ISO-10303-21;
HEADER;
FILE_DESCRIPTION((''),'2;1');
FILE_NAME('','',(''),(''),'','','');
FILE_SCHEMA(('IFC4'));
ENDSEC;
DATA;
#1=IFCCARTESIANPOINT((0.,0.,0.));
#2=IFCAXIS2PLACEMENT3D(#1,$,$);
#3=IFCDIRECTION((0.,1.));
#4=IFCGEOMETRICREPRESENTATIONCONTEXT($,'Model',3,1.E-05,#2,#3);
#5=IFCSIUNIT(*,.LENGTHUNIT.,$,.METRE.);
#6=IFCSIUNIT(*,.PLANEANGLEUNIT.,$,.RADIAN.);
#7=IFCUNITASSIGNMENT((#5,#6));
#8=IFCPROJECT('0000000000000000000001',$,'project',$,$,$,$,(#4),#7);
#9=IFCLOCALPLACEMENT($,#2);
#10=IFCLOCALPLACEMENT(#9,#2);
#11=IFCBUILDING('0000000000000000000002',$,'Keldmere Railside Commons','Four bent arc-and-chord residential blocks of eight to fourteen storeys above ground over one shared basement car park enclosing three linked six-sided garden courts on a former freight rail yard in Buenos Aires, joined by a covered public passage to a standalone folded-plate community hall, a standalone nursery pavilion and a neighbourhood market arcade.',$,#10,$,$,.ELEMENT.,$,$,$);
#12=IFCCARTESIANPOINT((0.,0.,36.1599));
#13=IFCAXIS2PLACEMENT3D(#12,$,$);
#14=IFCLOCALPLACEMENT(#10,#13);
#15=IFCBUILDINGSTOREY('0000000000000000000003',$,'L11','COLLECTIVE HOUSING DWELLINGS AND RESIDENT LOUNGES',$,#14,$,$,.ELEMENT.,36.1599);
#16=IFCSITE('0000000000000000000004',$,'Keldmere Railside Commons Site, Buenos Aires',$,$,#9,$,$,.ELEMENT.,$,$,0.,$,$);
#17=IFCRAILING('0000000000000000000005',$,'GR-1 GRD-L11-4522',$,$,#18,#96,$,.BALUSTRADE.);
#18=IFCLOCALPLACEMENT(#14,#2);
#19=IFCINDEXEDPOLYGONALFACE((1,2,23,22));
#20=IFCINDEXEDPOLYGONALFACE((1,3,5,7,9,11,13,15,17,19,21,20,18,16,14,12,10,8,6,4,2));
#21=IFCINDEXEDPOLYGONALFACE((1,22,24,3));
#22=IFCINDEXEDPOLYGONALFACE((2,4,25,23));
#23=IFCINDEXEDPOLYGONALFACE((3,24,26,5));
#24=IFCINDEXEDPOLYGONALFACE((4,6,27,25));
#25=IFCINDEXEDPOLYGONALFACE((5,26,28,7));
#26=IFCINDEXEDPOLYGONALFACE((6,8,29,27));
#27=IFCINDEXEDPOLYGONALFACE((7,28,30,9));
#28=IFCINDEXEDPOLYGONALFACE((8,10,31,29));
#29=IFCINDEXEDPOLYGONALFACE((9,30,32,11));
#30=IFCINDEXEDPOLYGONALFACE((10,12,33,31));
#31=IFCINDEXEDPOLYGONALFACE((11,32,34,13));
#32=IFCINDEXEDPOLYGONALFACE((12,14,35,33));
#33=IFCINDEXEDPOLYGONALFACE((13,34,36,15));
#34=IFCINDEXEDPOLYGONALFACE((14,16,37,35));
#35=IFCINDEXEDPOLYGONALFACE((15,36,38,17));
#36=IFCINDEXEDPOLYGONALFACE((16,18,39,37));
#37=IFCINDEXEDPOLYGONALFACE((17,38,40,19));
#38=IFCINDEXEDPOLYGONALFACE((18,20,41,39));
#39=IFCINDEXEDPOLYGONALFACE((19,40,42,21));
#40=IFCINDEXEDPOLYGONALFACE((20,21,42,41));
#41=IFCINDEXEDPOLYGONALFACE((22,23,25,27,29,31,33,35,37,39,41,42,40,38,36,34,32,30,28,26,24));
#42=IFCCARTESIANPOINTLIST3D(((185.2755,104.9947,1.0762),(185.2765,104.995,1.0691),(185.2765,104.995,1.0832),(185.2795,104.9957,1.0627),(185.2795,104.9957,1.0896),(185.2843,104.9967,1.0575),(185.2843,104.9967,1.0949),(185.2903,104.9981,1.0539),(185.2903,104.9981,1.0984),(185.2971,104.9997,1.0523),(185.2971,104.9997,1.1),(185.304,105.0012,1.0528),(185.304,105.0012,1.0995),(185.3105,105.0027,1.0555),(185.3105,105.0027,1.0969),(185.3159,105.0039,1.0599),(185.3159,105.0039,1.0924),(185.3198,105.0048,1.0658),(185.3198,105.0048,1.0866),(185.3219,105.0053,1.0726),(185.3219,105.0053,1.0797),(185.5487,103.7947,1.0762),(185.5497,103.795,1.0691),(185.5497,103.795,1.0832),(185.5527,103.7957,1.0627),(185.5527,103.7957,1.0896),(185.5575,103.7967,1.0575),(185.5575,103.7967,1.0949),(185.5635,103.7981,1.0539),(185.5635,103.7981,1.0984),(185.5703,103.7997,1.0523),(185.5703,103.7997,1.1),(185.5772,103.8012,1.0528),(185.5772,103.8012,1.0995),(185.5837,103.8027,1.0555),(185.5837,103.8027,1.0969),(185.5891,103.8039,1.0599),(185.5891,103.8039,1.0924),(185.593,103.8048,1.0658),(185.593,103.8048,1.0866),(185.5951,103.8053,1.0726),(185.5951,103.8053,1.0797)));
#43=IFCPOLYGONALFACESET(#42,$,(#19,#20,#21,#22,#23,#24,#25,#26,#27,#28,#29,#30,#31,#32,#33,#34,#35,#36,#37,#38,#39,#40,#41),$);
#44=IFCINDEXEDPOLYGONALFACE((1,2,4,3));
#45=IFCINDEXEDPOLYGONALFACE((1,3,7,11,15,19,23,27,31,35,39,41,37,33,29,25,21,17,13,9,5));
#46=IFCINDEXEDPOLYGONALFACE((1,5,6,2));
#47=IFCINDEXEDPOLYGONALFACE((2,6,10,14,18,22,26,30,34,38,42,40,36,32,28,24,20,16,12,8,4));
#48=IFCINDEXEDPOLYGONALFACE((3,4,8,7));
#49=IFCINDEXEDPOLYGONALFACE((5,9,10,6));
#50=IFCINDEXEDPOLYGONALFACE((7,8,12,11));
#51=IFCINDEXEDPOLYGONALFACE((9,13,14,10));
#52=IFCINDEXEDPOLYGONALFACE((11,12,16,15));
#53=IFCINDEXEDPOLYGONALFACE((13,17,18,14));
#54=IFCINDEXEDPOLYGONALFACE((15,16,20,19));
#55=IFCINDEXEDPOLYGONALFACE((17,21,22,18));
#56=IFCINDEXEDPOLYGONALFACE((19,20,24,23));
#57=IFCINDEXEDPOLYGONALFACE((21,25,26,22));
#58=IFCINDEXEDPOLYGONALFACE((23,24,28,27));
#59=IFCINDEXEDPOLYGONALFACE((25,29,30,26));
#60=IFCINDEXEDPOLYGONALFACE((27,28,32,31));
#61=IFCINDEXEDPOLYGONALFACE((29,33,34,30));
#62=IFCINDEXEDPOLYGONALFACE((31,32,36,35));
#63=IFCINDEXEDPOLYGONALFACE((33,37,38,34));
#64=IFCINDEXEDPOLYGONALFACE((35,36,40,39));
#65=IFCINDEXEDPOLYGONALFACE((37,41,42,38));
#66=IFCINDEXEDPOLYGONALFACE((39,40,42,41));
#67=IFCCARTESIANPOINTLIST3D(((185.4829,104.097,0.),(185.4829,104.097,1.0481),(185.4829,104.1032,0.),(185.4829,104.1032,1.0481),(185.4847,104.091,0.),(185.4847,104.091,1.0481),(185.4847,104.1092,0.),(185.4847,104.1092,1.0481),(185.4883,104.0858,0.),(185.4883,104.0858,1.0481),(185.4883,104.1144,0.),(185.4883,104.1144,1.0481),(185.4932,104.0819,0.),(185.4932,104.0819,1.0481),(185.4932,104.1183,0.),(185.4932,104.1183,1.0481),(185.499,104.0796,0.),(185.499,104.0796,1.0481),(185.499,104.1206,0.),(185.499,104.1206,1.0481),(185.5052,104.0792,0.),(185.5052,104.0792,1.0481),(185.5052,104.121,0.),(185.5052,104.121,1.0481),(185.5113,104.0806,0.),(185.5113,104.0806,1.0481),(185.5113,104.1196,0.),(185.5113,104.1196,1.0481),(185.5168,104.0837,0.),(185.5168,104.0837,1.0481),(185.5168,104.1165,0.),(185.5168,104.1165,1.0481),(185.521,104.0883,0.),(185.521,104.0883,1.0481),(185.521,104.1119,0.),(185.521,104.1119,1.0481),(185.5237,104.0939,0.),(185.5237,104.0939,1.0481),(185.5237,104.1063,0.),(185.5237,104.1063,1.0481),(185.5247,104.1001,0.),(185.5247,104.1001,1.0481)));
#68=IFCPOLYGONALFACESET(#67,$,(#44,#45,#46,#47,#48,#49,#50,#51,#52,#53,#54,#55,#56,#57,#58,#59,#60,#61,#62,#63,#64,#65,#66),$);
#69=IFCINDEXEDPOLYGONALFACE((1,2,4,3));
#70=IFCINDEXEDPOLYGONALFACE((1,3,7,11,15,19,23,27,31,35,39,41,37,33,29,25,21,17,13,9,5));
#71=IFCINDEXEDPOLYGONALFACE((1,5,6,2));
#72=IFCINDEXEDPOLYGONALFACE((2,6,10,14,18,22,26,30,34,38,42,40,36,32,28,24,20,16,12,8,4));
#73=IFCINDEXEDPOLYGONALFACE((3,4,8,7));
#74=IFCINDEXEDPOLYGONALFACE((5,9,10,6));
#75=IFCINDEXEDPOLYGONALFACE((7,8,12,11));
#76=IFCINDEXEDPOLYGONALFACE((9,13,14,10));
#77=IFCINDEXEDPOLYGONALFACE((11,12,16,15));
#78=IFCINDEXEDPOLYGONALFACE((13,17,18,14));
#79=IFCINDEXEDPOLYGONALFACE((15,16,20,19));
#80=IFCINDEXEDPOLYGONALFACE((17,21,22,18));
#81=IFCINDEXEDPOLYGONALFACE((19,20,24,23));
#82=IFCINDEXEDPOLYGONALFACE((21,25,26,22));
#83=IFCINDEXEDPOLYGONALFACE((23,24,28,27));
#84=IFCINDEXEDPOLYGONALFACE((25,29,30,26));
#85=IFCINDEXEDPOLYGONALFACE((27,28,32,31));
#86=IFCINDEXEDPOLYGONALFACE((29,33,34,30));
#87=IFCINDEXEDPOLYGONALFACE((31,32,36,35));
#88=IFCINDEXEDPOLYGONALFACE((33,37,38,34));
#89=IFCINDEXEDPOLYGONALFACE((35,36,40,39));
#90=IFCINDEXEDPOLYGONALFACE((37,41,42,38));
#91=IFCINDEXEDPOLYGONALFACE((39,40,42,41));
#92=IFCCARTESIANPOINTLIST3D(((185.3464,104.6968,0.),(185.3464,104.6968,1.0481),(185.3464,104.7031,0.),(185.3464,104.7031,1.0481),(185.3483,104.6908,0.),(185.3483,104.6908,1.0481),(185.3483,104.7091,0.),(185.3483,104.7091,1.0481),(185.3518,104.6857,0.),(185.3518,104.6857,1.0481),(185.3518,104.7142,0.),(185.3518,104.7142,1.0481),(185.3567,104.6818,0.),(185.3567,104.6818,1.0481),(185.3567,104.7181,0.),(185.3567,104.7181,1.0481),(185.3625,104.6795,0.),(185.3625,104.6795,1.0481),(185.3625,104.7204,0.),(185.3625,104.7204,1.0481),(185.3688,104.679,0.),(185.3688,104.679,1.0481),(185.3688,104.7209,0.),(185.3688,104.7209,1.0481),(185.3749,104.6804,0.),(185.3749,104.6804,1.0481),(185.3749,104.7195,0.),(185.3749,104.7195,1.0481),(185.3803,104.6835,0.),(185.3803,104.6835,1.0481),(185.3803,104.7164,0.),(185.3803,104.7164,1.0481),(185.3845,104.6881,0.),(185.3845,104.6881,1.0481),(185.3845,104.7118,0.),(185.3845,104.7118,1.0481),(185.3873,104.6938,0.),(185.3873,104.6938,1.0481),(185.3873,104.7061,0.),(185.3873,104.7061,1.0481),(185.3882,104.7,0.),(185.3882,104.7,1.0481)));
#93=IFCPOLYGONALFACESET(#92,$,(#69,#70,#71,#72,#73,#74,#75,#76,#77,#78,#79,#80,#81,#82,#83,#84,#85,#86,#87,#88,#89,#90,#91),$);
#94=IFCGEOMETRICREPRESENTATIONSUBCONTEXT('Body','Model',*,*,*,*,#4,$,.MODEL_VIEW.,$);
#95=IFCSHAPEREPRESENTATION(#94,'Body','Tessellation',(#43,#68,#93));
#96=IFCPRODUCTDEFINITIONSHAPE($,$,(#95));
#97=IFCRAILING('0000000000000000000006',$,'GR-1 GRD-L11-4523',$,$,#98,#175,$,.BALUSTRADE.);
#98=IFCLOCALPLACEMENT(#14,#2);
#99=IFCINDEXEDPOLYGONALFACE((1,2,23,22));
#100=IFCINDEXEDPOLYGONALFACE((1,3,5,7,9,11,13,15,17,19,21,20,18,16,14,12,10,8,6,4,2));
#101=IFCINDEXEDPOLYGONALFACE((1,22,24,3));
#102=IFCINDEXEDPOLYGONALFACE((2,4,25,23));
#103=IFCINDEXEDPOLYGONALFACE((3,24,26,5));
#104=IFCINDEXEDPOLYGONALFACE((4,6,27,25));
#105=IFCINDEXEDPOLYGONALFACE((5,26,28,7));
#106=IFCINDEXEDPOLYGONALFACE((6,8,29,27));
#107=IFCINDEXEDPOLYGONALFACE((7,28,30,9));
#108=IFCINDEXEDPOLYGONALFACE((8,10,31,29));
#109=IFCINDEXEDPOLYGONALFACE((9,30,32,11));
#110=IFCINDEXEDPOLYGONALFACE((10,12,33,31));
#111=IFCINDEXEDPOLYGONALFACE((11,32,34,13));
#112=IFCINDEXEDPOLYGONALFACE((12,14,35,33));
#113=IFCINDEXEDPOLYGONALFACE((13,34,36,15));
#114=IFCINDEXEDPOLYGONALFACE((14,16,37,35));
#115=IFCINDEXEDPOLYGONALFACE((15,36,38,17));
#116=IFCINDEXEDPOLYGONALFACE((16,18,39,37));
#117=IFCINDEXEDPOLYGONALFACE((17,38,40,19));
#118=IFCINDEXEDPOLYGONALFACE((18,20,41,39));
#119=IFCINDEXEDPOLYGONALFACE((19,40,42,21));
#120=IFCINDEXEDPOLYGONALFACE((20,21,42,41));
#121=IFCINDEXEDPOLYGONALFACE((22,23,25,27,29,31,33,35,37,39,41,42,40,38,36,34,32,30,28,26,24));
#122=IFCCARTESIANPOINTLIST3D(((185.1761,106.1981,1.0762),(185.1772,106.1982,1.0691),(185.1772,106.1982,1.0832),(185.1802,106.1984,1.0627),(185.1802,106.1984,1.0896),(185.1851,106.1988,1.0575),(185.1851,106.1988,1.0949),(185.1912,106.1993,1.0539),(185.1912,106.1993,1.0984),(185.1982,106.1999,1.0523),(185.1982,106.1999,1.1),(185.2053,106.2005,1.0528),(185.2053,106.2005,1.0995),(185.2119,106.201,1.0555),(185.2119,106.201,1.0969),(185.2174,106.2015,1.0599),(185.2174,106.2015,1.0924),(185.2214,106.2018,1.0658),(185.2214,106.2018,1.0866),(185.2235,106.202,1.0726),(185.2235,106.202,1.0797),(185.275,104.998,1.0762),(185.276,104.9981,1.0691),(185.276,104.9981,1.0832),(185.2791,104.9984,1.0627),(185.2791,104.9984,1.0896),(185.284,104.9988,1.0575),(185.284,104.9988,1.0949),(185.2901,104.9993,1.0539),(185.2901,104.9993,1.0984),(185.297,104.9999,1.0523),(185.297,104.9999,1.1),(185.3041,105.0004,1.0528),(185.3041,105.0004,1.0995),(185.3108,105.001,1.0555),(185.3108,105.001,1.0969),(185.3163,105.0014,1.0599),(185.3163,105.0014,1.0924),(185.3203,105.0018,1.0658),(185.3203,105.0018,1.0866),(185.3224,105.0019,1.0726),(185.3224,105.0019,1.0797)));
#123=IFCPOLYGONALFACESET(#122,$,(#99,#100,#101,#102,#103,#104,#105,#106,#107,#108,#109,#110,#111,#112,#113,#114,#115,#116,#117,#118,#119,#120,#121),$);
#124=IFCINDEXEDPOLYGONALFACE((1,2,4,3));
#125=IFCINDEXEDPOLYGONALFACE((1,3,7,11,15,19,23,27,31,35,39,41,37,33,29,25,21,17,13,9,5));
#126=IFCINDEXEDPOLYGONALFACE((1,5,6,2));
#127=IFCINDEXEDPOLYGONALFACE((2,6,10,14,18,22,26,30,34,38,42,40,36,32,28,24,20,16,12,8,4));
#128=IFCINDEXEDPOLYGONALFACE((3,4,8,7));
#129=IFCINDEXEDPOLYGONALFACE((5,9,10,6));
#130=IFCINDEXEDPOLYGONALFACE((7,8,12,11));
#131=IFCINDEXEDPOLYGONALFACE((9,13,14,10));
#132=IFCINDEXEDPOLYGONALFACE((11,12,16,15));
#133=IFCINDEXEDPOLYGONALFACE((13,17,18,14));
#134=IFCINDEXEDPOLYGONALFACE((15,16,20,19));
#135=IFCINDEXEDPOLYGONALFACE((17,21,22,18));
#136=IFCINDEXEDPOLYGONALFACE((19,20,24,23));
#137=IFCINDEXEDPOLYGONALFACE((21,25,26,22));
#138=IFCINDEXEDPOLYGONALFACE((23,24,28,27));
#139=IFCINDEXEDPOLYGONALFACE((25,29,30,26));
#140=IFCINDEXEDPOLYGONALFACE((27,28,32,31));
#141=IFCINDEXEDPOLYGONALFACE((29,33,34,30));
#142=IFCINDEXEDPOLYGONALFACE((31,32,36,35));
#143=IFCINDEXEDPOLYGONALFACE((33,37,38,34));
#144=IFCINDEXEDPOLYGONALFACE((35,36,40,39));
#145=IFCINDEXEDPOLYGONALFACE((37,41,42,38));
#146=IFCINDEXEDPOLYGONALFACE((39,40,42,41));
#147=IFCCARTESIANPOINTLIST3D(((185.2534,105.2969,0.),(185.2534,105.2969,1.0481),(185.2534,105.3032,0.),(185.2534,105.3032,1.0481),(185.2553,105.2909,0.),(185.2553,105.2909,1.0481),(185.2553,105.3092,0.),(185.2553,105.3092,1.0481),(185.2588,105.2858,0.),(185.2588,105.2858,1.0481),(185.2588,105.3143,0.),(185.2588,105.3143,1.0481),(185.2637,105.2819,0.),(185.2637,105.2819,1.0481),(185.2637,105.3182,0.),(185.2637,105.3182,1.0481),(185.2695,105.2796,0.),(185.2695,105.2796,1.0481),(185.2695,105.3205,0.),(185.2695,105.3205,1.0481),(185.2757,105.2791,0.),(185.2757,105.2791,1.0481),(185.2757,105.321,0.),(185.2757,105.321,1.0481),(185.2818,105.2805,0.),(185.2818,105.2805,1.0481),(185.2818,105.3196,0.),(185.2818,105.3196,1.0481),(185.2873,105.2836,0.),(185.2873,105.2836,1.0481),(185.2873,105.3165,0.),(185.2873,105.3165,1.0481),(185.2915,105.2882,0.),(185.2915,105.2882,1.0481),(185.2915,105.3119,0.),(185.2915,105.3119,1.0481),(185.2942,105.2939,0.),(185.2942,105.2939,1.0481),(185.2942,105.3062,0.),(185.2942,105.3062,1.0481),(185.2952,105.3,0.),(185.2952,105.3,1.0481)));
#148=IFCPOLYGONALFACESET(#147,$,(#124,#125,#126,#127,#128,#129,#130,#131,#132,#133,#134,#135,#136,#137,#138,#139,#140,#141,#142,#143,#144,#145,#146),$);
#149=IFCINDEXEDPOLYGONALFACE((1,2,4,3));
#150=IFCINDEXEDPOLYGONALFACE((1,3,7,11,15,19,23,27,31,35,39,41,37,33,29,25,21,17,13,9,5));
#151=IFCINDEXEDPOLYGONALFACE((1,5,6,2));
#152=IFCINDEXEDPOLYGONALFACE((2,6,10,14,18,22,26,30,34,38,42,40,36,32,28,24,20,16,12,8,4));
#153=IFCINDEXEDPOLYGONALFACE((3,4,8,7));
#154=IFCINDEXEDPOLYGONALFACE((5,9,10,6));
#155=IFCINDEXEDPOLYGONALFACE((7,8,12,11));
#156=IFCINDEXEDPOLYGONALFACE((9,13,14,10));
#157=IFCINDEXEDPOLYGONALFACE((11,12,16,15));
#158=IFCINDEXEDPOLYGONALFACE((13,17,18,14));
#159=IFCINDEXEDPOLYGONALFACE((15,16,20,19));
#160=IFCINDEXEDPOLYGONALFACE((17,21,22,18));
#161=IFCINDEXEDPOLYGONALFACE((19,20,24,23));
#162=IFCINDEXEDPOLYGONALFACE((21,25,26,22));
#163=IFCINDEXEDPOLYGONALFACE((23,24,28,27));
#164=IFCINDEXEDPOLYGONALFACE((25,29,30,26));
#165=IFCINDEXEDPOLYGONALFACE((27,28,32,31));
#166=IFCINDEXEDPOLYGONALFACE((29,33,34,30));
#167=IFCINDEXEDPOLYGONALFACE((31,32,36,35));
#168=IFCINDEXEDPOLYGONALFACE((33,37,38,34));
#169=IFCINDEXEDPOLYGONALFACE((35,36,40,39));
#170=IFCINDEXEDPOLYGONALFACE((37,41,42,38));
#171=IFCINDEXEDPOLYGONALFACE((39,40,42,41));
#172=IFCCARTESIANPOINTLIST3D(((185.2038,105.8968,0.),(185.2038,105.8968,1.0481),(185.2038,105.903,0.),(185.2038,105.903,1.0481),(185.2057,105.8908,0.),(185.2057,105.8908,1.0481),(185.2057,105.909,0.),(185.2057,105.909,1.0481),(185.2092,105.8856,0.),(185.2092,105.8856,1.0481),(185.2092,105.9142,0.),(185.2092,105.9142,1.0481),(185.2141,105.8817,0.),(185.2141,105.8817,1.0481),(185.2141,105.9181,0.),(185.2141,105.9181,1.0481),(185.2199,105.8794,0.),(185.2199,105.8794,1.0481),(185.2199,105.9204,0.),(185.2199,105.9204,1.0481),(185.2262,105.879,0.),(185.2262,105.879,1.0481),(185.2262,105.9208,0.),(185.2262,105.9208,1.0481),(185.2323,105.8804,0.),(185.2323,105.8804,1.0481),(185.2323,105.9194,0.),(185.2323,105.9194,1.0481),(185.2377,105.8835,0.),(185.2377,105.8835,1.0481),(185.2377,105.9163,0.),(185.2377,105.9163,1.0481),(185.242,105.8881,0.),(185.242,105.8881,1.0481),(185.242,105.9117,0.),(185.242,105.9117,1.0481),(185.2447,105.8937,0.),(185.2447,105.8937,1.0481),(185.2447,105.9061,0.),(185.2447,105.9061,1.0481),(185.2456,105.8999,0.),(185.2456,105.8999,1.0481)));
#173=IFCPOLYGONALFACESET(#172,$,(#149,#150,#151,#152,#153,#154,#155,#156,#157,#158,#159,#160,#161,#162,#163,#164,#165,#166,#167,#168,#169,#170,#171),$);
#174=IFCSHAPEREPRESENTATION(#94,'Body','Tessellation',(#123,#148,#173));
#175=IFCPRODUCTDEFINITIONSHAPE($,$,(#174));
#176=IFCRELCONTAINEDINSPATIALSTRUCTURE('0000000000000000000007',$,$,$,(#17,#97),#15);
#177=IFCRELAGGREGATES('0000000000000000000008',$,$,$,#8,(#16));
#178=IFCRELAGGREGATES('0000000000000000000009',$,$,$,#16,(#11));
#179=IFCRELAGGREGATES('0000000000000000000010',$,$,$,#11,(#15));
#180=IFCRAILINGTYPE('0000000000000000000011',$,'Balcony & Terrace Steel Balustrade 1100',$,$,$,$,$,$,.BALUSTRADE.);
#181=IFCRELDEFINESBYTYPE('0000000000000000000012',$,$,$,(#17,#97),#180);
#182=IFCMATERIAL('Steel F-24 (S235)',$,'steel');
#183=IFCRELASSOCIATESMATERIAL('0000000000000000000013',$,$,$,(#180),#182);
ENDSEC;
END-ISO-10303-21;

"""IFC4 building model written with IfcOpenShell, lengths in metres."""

from ifc_helpers import new_model, si_unit, direction, frame, origin, origin_2d, place, context, subcontext, project, spatial, circle, extrude, material, type_object, element, save


model = new_model("IFC4")

# Units and contexts
model_context = context("Model", 3, precision=1e-05, world=origin(), true_north=direction((0.0, 1.0)))
body_context = subcontext(model_context, "Body", "Model", "MODEL_VIEW")
ifc_project = project(units=[si_unit("LENGTHUNIT", "METRE"), si_unit("PLANEANGLEUNIT", "RADIAN")], contexts=[model_context])

# Site, building, storey
site_placement = place(None, origin())
site = spatial("IfcSite", under=ifc_project, at=site_placement, Name="Keldmere Railside Commons Site, Buenos Aires", CompositionType="ELEMENT", RefElevation=0.0)
building_placement = place(site_placement, origin())
building = spatial("IfcBuilding", under=site, at=building_placement, Name="Keldmere Railside Commons", Description="Four bent arc-and-chord residential blocks of eight to fourteen storeys above ground over one shared basement car park enclosing three linked six-sided garden courts on a former freight rail yard in Buenos Aires, joined by a covered public passage to a standalone folded-plate community hall, a standalone nursery pavilion and a neighbourhood market arcade.", CompositionType="ELEMENT")
storey_placement = place(building_placement, frame((0.0, 0.0, 36.1599)))
storey = spatial("IfcBuildingStorey", under=building, at=storey_placement, Name="L11", Description="COLLECTIVE HOUSING DWELLINGS AND RESIDENT LOUNGES", CompositionType="ELEMENT", Elevation=36.1599)

# Railings
ifc_material_1 = material(Name="Steel F-24 (S235)", Category="steel")
railing_type = type_object("IfcRailingType", Name="Balcony & Terrace Steel Balustrade 1100", PredefinedType="BALUSTRADE", material=ifc_material_1)
railing_1_placement = place(storey_placement, frame((185.572, 103.8, 0.0)))
element("IfcRailing", 1, at=railing_1_placement, inside=storey, type_object=railing_type, Name="GR-1 GRD-L11-4522", PredefinedType="BALUSTRADE", context=body_context, shape_type="SweptSolid", body=[
    extrude(circle(Radius=0.0239, at=origin_2d()), frame((0.0, 0.0, 1.0762), z_axis=(-0.22199, 0.975049, 0.0), x_axis=(-0.975049, -0.22199, 0.0)), (0.0, 0.0, 1.0), 1.2307),
    extrude(circle(Radius=0.021, at=origin_2d()), frame((-0.0684, 0.3, 0.0)), (0.0, 0.0, 1.0), 1.0481),
    extrude(circle(Radius=0.021, at=origin_2d()), frame((-0.2048, 0.8999, 0.0)), (0.0, 0.0, 1.0), 1.0481),
])
railing_2_placement = place(storey_placement, frame((185.2988, 105.0, 0.0)))
element("IfcRailing", 2, at=railing_2_placement, inside=storey, type_object=railing_type, Name="GR-1 GRD-L11-4523", PredefinedType="BALUSTRADE", context=body_context, shape_type="SweptSolid", body=[
    extrude(circle(Radius=0.0239, at=origin_2d()), frame((0.0, 0.0, 1.0762), z_axis=(-0.082122, 0.996622, 0.0), x_axis=(-0.996622, -0.082122, 0.0)), (0.0, 0.0, 1.0), 1.2041),
    extrude(circle(Radius=0.021, at=origin_2d()), frame((-0.0247, 0.3, 0.0)), (0.0, 0.0, 1.0), 1.0481),
    extrude(circle(Radius=0.021, at=origin_2d()), frame((-0.0742, 0.8999, 0.0)), (0.0, 0.0, 1.0), 1.0481),
])

save(model, "model.ifc")
